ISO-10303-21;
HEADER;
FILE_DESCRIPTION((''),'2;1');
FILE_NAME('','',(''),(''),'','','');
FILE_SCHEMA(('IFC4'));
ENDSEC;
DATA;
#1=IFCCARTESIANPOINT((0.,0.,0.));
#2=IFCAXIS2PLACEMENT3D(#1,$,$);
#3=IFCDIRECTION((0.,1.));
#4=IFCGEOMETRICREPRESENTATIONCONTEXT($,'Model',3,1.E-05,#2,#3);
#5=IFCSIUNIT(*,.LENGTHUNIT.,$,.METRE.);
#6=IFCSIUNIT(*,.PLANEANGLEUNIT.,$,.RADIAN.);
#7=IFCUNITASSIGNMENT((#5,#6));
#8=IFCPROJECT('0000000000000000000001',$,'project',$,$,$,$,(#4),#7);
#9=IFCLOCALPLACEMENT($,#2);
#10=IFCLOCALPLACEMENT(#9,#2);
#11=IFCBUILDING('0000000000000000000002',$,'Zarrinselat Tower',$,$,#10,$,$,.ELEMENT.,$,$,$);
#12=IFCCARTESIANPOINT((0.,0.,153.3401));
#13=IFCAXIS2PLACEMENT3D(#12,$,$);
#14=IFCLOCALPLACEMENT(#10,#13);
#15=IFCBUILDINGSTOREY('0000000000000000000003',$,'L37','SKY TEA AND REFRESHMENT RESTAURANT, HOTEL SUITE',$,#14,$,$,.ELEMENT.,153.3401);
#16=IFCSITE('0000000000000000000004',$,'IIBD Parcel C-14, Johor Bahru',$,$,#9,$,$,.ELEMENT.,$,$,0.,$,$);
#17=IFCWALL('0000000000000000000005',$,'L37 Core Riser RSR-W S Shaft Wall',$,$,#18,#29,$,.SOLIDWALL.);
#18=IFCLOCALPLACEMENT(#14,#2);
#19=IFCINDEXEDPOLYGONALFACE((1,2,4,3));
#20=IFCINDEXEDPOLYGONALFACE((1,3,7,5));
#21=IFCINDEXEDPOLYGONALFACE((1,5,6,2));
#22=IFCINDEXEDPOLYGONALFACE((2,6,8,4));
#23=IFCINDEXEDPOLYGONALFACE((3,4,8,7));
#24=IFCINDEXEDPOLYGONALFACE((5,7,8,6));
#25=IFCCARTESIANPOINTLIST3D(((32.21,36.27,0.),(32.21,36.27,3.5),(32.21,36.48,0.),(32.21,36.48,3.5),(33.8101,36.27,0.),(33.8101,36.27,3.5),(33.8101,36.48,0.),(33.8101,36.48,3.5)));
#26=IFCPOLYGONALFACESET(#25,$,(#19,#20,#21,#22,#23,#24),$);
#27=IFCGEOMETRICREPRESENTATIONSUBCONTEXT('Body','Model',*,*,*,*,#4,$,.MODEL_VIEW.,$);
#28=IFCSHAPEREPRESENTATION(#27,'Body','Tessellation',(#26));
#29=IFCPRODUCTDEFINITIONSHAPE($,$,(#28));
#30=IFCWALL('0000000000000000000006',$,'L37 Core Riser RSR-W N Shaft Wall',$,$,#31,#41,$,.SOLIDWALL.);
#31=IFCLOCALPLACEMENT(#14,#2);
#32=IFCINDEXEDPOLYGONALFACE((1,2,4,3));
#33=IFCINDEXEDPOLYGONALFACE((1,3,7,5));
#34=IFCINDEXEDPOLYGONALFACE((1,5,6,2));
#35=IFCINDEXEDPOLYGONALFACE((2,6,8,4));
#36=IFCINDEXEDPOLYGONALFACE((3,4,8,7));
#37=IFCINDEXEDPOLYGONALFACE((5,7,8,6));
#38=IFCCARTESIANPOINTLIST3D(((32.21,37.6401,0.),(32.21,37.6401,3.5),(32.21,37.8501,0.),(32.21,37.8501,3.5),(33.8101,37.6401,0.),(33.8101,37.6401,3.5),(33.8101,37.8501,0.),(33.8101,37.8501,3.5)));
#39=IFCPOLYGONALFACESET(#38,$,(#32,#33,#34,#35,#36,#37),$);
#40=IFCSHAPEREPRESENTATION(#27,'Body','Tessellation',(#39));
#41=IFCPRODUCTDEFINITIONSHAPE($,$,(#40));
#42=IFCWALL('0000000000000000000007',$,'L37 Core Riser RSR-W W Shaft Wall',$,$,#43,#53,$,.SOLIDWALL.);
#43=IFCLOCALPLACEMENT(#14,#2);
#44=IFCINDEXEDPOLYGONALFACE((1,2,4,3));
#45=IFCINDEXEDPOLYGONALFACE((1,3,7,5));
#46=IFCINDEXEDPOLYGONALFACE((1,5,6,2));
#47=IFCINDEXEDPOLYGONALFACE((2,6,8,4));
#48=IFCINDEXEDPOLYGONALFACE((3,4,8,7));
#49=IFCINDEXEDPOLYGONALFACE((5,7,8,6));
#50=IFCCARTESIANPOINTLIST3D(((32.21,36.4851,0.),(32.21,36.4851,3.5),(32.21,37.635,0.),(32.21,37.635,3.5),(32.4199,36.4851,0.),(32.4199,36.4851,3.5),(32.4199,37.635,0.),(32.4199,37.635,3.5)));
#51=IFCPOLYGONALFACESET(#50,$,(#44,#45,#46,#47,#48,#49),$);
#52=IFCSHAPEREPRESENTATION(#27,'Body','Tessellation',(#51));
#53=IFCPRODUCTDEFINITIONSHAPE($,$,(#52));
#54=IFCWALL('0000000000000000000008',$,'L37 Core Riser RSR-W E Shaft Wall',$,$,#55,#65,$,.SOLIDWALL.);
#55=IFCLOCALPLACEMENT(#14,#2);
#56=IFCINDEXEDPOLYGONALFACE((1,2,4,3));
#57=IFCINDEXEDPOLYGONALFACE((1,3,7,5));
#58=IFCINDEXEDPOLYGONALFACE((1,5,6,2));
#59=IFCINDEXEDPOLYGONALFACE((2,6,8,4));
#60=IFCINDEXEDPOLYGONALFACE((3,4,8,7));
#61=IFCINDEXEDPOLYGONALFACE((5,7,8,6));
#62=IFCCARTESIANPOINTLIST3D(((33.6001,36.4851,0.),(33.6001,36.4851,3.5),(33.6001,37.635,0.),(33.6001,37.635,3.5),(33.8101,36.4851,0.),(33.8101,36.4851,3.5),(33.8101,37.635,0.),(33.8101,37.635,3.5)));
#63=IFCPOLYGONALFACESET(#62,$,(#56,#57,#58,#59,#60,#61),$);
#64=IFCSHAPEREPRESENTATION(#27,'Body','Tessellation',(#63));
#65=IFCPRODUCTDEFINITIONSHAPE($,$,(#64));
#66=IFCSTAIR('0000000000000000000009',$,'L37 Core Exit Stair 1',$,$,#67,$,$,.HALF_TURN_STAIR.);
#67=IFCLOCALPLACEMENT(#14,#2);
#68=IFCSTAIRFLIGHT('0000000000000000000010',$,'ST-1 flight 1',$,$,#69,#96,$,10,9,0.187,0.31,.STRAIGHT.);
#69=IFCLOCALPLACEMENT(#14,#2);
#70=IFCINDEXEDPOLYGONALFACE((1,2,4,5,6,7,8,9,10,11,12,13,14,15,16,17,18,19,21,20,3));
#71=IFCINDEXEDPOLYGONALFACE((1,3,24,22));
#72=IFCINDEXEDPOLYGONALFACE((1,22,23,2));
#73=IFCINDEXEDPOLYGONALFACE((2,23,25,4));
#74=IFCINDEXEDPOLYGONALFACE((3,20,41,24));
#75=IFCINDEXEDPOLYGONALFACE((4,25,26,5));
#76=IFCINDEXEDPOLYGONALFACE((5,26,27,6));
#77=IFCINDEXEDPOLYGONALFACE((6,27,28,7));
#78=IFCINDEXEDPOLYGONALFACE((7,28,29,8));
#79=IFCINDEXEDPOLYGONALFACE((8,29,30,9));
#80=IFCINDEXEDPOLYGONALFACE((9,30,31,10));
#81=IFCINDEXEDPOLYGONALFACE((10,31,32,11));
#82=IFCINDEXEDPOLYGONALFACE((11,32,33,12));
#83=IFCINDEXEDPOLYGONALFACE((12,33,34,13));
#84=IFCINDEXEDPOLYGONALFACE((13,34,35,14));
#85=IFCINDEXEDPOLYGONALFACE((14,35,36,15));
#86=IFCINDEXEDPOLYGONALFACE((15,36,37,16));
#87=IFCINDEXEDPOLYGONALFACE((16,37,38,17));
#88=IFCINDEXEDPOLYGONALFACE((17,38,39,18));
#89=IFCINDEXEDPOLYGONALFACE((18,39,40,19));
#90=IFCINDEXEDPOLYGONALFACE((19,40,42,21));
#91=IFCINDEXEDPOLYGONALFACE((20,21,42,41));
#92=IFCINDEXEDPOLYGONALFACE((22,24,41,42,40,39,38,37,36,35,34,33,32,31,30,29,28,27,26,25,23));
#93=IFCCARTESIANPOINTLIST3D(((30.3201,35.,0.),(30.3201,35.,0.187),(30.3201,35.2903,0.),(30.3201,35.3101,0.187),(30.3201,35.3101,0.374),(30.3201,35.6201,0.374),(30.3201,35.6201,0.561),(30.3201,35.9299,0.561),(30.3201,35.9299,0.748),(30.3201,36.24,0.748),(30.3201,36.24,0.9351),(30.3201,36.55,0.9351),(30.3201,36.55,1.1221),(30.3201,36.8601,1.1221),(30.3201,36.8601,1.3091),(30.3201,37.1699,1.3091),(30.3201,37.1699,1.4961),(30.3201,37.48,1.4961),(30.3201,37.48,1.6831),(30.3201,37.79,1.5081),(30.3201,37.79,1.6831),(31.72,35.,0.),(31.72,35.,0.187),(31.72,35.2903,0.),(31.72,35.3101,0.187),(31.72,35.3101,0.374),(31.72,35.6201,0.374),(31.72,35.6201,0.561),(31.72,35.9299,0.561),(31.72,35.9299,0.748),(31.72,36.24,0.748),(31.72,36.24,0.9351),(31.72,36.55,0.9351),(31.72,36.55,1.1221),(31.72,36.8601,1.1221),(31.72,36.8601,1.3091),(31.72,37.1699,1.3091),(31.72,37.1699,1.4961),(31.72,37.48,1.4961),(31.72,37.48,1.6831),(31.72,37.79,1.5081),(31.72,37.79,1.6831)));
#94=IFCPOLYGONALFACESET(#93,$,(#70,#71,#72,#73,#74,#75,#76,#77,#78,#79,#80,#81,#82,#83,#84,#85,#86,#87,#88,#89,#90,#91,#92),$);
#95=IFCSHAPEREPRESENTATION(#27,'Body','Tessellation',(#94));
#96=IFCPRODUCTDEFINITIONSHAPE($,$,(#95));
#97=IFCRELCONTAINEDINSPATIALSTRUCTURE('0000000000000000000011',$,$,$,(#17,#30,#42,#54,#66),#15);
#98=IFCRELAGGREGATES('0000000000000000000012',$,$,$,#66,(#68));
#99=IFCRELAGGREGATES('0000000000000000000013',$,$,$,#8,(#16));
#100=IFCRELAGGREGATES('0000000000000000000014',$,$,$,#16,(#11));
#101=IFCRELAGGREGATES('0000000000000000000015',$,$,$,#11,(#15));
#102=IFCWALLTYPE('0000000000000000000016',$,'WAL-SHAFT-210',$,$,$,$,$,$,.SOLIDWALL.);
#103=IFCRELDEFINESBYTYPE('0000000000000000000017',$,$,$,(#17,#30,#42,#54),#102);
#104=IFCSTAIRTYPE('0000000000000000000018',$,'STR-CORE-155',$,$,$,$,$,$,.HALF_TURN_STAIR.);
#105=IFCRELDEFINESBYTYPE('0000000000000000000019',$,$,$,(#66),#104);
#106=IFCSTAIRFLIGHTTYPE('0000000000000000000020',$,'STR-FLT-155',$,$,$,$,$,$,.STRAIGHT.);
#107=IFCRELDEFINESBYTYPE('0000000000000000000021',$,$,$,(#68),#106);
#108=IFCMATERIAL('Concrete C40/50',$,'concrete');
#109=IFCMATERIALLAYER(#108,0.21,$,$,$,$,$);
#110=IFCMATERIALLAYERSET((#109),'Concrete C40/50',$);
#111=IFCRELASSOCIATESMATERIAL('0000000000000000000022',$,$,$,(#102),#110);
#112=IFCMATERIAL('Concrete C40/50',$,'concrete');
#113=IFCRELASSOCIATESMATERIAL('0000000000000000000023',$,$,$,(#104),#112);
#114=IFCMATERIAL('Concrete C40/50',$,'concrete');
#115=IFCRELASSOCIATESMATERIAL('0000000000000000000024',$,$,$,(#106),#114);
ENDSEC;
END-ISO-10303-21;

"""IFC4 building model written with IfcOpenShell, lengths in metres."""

from ifc_helpers import new_model, si_unit, direction, frame, frame_2d, origin, place, context, subcontext, project, spatial, polyline, rectangle, outline, extrude, material, layer, layer_set, type_object, element, aggregate, save


model = new_model("IFC4")

# Units and contexts
model_context = context("Model", 3, precision=1e-05, world=origin(), true_north=direction((0.0, 1.0)))
body_context = subcontext(model_context, "Body", "Model", "MODEL_VIEW")
ifc_project = project(units=[si_unit("LENGTHUNIT", "METRE"), si_unit("PLANEANGLEUNIT", "RADIAN")], contexts=[model_context])

# Site, building, storey
site_placement = place(None, origin())
site = spatial("IfcSite", under=ifc_project, at=site_placement, Name="IIBD Parcel C-14, Johor Bahru", CompositionType="ELEMENT", RefElevation=0.0)
building_placement = place(site_placement, origin())
building = spatial("IfcBuilding", under=site, at=building_placement, Name="Zarrinselat Tower", CompositionType="ELEMENT")
storey_placement = place(building_placement, frame((0.0, 0.0, 153.3401)))
storey = spatial("IfcBuildingStorey", under=building, at=storey_placement, Name="L37", Description="SKY TEA AND REFRESHMENT RESTAURANT, HOTEL SUITE", CompositionType="ELEMENT", Elevation=153.3401)

# Shared definitions
ifc_material_1 = material(Name="Concrete C40/50", Category="concrete")
ifc_layer_1 = layer(ifc_material_1, 0.21)
ifc_layer_set_1 = layer_set([ifc_layer_1], Name="Concrete C40/50")
wall_type_1 = type_object("IfcWallType", Name="WAL-SHAFT-210", PredefinedType="SOLIDWALL", material=ifc_layer_set_1)

# Walls
for number, where, z_axis, x_axis, name in (
    (1, (32.21, 36.375, 0.0), (0.0, 0.0, 1.0), (1.0, 0.0, 0.0), "L37 Core Riser RSR-W S Shaft Wall"),
    (2, (32.21, 37.7451, 0.0), (0.0, 0.0, 1.0), (1.0, 0.0, 0.0), "L37 Core Riser RSR-W N Shaft Wall"),
):
    element("IfcWall", number, at=place(storey_placement, frame(where, z_axis=z_axis, x_axis=x_axis)), inside=storey, type_object=wall_type_1, Name=name, PredefinedType="SOLIDWALL", context=body_context, shape_type="SweptSolid", body=[
        extrude(rectangle(XDim=1.6001, YDim=0.21, at=frame_2d((0.8, 0.0))), origin(), (0.0, 0.0, 1.0), 3.5),
    ])
for number, where, z_axis, x_axis, name in (
    (3, (32.3149, 36.4851, 0.0), (0.0, 0.0, 1.0), (0.0, 1.0, 0.0), "L37 Core Riser RSR-W W Shaft Wall"),
    (4, (33.7051, 36.4851, 0.0), (0.0, 0.0, 1.0), (0.0, 1.0, 0.0), "L37 Core Riser RSR-W E Shaft Wall"),
):
    element("IfcWall", number, at=place(storey_placement, frame(where, z_axis=z_axis, x_axis=x_axis)), inside=storey, type_object=wall_type_1, Name=name, PredefinedType="SOLIDWALL", context=body_context, shape_type="SweptSolid", body=[
        extrude(rectangle(XDim=1.1499, YDim=0.21, at=frame_2d((0.575, 0.0))), origin(), (0.0, 0.0, 1.0), 3.5),
    ])

# Stair, stair flight
ifc_material_2 = material(Name="Concrete C40/50", Category="concrete")
stair_type = type_object("IfcStairType", Name="STR-CORE-155", PredefinedType="HALF_TURN_STAIR", material=ifc_material_2)
stair_placement = place(storey_placement, origin())
stair = element("IfcStair", 5, at=stair_placement, inside=storey, type_object=stair_type, Name="L37 Core Exit Stair 1", PredefinedType="HALF_TURN_STAIR")
ifc_material_3 = material(Name="Concrete C40/50", Category="concrete")
stair_flight_type = type_object("IfcStairFlightType", Name="STR-FLT-155", PredefinedType="STRAIGHT", material=ifc_material_3)
stair_flight_placement = place(storey_placement, frame((31.02, 35.0, 0.0), z_axis=(0.0, 0.0, 1.0), x_axis=(0.0, 1.0, 0.0)))
stair_flight = element("IfcStairFlight", 6, at=stair_flight_placement, type_object=stair_flight_type, Name="ST-1 flight 1", NumberOfRisers=10, NumberOfTreads=9, PredefinedType="STRAIGHT", RiserHeight=0.187, TreadLength=0.31, context=body_context, shape_type="SweptSolid", body=[
    extrude(outline(polyline([(0.0, 0.0), (0.0, 0.187), (0.3101, 0.187), (0.3101, 0.374), (0.6201, 0.374), (0.6201, 0.561), (0.9299, 0.561), (0.9299, 0.748), (1.24, 0.748), (1.24, 0.9351), (1.55, 0.9351), (1.55, 1.1221), (1.8601, 1.1221), (1.8601, 1.3091), (2.1699, 1.3091), (2.1699, 1.4961), (2.48, 1.4961), (2.48, 1.6831), (2.79, 1.6831), (2.79, 1.8701), (2.79, 1.5081), (0.2903, 0.0), (0.0, 0.0)])), frame((0.0, 0.7, 0.0), z_axis=(0.0, -1.0, 0.0), x_axis=(1.0, 0.0, 0.0)), (0.0, 0.0, 1.0), 1.3999),
])
aggregate(stair, [stair_flight])

save(model, "model.ifc")
